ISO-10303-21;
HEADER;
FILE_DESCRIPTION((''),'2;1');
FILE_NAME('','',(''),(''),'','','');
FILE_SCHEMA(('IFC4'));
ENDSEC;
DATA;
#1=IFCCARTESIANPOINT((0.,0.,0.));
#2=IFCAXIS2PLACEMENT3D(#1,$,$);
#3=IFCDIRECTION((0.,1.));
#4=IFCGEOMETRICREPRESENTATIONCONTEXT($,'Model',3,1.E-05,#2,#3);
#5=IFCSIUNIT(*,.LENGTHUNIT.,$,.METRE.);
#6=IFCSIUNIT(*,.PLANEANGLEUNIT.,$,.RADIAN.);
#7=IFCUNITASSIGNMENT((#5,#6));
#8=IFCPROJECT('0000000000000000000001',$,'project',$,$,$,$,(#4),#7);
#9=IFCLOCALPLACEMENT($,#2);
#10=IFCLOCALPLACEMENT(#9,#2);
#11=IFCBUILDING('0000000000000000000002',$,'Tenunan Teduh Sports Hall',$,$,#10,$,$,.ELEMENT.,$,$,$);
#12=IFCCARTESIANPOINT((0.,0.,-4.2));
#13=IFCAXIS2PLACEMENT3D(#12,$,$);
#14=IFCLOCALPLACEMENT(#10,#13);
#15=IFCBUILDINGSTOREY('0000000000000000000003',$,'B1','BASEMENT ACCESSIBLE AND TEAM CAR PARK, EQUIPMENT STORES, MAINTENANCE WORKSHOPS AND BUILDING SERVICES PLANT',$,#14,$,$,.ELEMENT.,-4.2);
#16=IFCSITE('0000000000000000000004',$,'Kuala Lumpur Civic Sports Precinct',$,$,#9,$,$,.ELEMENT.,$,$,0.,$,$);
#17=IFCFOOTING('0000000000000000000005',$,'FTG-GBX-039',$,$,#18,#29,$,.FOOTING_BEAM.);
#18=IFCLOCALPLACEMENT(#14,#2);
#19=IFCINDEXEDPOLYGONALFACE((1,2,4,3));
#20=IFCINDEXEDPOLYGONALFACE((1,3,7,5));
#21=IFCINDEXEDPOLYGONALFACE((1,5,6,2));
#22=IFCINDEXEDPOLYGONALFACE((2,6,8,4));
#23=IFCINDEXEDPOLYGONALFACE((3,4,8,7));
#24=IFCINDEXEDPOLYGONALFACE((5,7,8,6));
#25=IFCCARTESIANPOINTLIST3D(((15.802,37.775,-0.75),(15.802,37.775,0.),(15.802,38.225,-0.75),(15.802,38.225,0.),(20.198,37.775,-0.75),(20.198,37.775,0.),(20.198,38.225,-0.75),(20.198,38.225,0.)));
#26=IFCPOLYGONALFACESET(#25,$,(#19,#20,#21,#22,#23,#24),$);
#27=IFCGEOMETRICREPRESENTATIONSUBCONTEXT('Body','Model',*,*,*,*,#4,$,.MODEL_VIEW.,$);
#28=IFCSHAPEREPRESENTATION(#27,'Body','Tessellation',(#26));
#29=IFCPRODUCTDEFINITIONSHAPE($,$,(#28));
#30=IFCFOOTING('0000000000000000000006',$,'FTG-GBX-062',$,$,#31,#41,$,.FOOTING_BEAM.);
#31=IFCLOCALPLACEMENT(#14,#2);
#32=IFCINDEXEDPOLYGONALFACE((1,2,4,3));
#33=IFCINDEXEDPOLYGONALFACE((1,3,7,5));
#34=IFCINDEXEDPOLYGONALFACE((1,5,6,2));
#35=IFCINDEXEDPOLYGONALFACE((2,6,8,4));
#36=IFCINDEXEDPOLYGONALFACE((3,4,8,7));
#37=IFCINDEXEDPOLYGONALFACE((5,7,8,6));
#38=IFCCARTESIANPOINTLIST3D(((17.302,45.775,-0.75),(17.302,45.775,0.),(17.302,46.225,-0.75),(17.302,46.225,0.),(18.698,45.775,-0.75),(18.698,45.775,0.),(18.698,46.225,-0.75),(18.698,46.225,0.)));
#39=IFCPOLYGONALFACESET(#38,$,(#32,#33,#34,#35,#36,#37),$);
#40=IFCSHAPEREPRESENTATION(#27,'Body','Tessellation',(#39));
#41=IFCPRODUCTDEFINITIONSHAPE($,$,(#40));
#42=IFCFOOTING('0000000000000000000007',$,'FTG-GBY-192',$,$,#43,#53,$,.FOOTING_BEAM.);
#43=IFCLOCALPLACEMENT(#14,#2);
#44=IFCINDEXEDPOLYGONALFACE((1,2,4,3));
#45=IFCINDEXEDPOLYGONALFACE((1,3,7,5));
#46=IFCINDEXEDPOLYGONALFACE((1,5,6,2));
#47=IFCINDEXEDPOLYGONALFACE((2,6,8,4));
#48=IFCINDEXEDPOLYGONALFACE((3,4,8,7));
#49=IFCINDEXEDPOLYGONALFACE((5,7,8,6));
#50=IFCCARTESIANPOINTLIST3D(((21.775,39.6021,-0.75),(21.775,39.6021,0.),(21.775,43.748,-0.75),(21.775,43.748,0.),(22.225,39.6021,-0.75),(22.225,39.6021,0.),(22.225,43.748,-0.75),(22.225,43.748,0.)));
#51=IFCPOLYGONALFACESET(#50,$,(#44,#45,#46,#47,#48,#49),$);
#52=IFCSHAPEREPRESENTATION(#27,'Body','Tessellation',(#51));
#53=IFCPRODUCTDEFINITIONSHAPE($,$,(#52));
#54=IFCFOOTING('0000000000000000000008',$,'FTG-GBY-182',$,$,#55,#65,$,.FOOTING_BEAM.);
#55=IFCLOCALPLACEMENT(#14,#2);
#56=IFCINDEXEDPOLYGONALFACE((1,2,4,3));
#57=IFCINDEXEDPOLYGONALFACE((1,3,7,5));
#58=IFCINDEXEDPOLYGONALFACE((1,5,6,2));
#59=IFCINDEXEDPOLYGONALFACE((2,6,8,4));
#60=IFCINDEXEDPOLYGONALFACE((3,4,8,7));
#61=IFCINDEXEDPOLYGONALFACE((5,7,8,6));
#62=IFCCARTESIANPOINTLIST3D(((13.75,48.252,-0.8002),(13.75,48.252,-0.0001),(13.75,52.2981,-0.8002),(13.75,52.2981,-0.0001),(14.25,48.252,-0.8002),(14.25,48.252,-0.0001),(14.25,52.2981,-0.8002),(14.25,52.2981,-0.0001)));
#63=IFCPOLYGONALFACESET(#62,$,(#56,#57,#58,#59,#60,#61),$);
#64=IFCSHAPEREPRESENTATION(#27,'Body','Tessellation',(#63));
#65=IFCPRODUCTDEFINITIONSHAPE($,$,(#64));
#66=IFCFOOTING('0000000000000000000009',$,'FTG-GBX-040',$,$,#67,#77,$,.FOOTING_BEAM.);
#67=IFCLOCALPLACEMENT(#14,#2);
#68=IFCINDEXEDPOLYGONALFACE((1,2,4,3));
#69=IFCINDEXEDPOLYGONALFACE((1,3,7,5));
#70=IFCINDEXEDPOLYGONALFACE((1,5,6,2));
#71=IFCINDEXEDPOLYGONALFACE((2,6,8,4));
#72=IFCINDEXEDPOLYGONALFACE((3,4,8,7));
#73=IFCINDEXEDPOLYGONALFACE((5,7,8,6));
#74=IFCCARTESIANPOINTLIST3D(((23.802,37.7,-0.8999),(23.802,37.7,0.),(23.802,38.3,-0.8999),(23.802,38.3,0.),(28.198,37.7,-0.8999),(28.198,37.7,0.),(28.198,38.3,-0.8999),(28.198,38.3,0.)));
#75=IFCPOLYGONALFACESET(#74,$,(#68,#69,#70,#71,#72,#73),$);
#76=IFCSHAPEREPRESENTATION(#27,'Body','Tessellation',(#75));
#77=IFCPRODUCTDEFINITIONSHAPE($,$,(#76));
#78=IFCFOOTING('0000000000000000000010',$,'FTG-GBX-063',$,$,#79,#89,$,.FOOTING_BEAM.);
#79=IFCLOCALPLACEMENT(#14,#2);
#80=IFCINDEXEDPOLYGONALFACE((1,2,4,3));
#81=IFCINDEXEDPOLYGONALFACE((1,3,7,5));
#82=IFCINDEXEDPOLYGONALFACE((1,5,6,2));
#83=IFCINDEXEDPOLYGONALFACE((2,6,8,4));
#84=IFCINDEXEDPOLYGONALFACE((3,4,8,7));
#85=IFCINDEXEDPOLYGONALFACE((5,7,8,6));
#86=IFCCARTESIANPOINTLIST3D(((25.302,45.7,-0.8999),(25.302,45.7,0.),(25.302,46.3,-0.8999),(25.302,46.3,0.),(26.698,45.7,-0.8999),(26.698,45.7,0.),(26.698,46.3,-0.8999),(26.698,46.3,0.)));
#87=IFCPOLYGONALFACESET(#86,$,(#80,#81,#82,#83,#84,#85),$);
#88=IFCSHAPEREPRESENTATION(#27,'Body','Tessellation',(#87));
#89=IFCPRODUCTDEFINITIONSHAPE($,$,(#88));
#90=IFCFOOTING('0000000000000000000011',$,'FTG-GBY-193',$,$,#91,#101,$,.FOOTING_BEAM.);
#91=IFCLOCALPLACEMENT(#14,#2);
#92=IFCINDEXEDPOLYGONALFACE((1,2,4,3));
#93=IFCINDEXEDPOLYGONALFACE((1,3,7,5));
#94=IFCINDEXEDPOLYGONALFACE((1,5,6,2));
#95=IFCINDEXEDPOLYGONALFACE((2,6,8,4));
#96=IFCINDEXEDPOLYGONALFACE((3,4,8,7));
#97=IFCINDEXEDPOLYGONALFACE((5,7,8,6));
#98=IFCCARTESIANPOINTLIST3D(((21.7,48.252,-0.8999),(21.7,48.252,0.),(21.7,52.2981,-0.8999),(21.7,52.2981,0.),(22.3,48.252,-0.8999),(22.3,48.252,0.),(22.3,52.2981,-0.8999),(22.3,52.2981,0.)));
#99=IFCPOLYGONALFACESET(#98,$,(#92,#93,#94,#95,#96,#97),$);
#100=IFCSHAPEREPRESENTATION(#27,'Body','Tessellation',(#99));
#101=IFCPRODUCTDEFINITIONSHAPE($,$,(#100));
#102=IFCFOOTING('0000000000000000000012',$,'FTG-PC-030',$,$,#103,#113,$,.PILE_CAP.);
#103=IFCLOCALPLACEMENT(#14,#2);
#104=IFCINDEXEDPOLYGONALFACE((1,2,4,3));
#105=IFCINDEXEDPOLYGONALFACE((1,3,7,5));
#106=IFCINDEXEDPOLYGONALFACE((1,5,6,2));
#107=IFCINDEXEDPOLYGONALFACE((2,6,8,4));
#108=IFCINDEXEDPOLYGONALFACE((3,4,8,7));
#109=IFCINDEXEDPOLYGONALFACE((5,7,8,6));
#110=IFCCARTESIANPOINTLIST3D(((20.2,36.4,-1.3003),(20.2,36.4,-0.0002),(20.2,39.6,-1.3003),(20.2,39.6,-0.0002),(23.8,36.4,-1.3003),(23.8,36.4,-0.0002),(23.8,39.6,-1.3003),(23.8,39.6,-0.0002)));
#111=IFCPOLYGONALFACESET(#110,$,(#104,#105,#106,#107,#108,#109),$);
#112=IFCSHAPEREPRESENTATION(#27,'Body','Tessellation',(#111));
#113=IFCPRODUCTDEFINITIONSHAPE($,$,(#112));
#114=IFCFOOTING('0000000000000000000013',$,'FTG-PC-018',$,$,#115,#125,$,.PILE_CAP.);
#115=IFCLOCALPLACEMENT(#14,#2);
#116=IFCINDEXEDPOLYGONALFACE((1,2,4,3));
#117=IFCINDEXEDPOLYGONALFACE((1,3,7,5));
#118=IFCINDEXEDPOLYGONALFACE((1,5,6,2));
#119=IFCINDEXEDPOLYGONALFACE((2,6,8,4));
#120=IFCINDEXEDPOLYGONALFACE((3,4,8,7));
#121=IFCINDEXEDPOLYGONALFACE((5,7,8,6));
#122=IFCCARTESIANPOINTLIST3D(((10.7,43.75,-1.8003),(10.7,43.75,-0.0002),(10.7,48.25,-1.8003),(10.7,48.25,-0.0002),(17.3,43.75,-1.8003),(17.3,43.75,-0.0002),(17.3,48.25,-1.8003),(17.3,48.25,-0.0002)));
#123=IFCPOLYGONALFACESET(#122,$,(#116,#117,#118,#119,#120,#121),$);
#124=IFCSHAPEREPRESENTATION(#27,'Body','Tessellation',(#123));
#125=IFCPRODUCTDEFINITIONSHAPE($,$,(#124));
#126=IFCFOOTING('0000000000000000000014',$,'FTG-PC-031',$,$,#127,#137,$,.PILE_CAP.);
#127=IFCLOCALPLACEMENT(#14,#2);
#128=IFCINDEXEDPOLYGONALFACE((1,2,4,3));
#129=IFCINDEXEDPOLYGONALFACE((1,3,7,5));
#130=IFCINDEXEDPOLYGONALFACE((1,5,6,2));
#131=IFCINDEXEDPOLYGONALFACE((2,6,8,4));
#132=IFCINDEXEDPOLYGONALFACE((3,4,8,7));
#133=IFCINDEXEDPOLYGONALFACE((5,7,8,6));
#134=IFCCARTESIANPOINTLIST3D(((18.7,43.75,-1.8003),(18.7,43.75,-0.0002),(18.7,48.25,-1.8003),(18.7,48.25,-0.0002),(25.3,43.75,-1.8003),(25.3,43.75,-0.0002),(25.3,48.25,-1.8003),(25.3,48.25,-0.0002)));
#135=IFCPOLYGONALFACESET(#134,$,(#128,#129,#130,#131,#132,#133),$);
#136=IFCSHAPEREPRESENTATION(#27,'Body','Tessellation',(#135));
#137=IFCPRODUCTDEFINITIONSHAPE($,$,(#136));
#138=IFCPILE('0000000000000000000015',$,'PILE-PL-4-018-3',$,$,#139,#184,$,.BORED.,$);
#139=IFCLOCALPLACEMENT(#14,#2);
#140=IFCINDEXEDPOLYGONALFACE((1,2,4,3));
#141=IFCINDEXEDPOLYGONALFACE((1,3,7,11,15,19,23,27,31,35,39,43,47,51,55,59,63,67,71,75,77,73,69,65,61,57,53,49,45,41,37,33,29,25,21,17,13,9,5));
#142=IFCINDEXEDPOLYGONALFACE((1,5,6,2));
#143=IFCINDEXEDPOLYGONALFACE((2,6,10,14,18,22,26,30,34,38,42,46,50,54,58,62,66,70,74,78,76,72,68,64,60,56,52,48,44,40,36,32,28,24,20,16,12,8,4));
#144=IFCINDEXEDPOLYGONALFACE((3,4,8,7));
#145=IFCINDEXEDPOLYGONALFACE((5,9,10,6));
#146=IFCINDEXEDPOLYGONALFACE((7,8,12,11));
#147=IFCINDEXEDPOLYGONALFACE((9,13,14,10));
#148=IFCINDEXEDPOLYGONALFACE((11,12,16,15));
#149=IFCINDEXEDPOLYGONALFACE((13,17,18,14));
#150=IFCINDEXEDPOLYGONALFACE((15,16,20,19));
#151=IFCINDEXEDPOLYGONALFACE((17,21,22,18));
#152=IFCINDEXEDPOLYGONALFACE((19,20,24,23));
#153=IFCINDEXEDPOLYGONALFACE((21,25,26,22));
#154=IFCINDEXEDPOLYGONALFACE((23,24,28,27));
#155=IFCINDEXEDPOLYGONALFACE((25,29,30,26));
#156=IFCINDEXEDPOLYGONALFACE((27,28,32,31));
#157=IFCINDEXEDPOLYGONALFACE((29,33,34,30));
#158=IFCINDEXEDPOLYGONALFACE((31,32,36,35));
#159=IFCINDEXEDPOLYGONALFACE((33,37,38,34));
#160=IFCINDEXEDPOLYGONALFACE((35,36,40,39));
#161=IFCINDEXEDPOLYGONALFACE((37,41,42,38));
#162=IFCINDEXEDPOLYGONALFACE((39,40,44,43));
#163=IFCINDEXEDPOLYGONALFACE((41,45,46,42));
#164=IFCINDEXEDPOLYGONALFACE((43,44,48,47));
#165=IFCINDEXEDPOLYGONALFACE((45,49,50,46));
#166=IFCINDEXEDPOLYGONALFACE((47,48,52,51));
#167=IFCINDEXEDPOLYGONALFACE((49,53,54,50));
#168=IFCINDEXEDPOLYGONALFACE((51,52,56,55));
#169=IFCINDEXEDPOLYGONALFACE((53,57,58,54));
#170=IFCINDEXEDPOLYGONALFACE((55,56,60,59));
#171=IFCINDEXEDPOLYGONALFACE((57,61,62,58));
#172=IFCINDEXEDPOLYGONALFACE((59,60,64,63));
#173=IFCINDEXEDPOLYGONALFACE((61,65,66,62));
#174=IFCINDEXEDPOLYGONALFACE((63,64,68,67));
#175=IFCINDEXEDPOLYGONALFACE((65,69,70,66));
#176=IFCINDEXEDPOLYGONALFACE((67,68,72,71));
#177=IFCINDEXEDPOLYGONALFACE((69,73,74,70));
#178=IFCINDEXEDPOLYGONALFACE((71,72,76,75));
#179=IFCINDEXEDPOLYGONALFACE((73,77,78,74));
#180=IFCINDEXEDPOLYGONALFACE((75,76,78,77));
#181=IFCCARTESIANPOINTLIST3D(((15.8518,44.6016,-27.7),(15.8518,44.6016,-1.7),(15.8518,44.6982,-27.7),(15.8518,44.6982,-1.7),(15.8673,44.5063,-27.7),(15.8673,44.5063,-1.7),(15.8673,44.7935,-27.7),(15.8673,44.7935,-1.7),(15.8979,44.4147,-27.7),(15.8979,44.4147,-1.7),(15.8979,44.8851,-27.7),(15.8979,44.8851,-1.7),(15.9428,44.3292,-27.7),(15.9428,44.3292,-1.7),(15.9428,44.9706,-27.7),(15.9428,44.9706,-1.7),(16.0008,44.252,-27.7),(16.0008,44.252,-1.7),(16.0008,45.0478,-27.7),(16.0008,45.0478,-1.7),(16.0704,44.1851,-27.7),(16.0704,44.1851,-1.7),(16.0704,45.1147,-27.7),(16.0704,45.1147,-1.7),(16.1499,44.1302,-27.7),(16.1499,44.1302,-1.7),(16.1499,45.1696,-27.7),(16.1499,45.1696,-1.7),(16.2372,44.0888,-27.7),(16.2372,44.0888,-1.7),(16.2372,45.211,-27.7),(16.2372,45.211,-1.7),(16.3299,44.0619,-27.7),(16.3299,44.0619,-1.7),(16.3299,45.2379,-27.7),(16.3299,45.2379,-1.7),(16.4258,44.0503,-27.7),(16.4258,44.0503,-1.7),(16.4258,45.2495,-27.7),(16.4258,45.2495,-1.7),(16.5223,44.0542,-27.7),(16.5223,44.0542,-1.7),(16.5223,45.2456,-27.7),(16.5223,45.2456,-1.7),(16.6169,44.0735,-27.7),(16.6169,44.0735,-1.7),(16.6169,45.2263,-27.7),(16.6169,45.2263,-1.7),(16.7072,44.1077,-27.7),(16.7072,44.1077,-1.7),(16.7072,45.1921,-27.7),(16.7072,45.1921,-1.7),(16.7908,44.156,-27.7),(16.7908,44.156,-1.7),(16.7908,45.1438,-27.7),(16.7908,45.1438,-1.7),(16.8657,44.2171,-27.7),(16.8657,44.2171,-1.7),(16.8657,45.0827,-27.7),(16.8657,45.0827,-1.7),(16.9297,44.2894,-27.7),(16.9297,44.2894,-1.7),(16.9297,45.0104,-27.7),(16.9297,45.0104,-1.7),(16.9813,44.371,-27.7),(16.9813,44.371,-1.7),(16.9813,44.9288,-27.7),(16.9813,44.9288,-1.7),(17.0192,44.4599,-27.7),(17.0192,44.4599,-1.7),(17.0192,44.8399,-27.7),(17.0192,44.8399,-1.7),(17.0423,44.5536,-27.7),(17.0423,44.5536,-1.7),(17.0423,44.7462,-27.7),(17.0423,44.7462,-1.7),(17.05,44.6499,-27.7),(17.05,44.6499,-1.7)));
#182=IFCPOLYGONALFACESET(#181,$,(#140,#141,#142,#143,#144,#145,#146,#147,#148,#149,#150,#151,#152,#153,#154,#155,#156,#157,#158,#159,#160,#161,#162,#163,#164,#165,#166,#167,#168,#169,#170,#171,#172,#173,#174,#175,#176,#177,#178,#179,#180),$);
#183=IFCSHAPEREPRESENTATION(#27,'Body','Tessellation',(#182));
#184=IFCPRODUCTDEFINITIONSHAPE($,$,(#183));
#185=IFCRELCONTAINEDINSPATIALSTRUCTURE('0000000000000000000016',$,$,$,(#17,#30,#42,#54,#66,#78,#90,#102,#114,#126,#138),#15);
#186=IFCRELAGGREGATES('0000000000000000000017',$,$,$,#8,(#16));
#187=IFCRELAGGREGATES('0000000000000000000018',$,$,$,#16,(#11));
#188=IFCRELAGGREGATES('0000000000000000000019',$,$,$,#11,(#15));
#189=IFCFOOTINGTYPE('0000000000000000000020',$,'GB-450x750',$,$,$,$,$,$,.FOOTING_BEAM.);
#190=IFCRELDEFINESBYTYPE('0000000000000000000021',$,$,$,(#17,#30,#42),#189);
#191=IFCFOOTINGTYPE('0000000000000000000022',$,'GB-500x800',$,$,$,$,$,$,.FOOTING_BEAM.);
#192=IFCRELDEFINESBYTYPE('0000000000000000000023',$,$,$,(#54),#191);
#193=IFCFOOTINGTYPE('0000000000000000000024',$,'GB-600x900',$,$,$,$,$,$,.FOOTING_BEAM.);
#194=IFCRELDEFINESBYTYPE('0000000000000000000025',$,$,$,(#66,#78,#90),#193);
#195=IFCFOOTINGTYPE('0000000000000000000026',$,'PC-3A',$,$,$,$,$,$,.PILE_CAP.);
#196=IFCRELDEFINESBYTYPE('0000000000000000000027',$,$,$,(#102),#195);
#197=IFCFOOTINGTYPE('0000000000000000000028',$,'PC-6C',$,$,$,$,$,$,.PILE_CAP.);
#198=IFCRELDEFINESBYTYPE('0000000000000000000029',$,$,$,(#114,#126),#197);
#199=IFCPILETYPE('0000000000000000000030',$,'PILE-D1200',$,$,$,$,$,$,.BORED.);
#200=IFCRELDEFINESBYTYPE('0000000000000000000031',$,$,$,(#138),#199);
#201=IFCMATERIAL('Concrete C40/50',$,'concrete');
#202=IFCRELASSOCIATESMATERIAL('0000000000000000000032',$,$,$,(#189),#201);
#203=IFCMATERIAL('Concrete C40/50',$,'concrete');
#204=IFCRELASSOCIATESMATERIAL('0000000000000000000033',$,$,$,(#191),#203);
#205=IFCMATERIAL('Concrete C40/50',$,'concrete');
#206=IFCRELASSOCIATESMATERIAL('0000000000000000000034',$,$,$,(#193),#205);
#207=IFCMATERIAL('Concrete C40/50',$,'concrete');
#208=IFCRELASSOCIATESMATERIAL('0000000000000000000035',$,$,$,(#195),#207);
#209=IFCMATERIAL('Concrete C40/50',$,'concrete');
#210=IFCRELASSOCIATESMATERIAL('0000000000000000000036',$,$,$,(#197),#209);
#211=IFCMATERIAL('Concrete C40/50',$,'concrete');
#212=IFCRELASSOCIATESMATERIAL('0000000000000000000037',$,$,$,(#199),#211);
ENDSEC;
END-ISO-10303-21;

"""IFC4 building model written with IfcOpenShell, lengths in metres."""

from ifc_helpers import new_model, si_unit, direction, frame, origin, origin_2d, place, context, subcontext, project, spatial, rectangle, circle, extrude, material, material_profile, profile_set, type_object, element, save


model = new_model("IFC4")

# Units and contexts
model_context = context("Model", 3, precision=1e-05, world=origin(), true_north=direction((0.0, 1.0)))
body_context = subcontext(model_context, "Body", "Model", "MODEL_VIEW")
ifc_project = project(units=[si_unit("LENGTHUNIT", "METRE"), si_unit("PLANEANGLEUNIT", "RADIAN")], contexts=[model_context])

# Site, building, storey
site_placement = place(None, origin())
site = spatial("IfcSite", under=ifc_project, at=site_placement, Name="Kuala Lumpur Civic Sports Precinct", CompositionType="ELEMENT", RefElevation=0.0)
building_placement = place(site_placement, origin())
building = spatial("IfcBuilding", under=site, at=building_placement, Name="Tenunan Teduh Sports Hall", CompositionType="ELEMENT")
storey_placement = place(building_placement, frame((0.0, 0.0, -4.2)))
storey = spatial("IfcBuildingStorey", under=building, at=storey_placement, Name="B1", Description="BASEMENT ACCESSIBLE AND TEAM CAR PARK, EQUIPMENT STORES, MAINTENANCE WORKSHOPS AND BUILDING SERVICES PLANT", CompositionType="ELEMENT", Elevation=-4.2)

# Footings
ifc_material_1 = material(Name="Concrete C40/50", Category="concrete")
ifc_material_profile_1 = material_profile(ifc_material_1, rectangle(XDim=0.45, YDim=0.75, at=origin_2d()), Name="RCB 450x750")
ifc_profile_set_1 = profile_set([ifc_material_profile_1], Name="Concrete C40/50")
footing_type_1 = type_object("IfcFootingType", Name="GB-450x750", PredefinedType="FOOTING_BEAM", material=ifc_profile_set_1)
footing_1_placement = place(storey_placement, frame((15.802, 38.0, -0.375), z_axis=(1.0, 0.0, 0.0), x_axis=(0.0, 1.0, 0.0)))
element("IfcFooting", 1, at=footing_1_placement, inside=storey, type_object=footing_type_1, Name="FTG-GBX-039", PredefinedType="FOOTING_BEAM", context=body_context, shape_type="SweptSolid", body=[
    extrude(rectangle(XDim=0.45, YDim=0.75, at=origin_2d()), origin(), (0.0, 0.0, 1.0), 4.396),
])
footing_2_placement = place(storey_placement, frame((17.302, 46.0, -0.375), z_axis=(1.0, 0.0, 0.0), x_axis=(0.0, 1.0, 0.0)))
element("IfcFooting", 2, at=footing_2_placement, inside=storey, type_object=footing_type_1, Name="FTG-GBX-062", PredefinedType="FOOTING_BEAM", context=body_context, shape_type="SweptSolid", body=[
    extrude(rectangle(XDim=0.45, YDim=0.75, at=origin_2d()), origin(), (0.0, 0.0, 1.0), 1.396),
])
footing_3_placement = place(storey_placement, frame((22.0, 39.6021, -0.375), z_axis=(0.0, 1.0, 0.0), x_axis=(-1.0, 0.0, 0.0)))
element("IfcFooting", 3, at=footing_3_placement, inside=storey, type_object=footing_type_1, Name="FTG-GBY-192", PredefinedType="FOOTING_BEAM", context=body_context, shape_type="SweptSolid", body=[
    extrude(rectangle(XDim=0.45, YDim=0.75, at=origin_2d()), origin(), (0.0, 0.0, 1.0), 4.146),
])
ifc_material_2 = material(Name="Concrete C40/50", Category="concrete")
ifc_material_profile_2 = material_profile(ifc_material_2, rectangle(XDim=0.5, YDim=0.8, at=origin_2d()), Name="RCB 500x800")
ifc_profile_set_2 = profile_set([ifc_material_profile_2], Name="Concrete C40/50")
footing_type_2 = type_object("IfcFootingType", Name="GB-500x800", PredefinedType="FOOTING_BEAM", material=ifc_profile_set_2)
footing_4_placement = place(storey_placement, frame((14.0, 48.252, -0.4001), z_axis=(0.0, 1.0, 0.0), x_axis=(-1.0, 0.0, 0.0)))
element("IfcFooting", 4, at=footing_4_placement, inside=storey, type_object=footing_type_2, Name="FTG-GBY-182", PredefinedType="FOOTING_BEAM", context=body_context, shape_type="SweptSolid", body=[
    extrude(rectangle(XDim=0.5, YDim=0.8, at=origin_2d()), origin(), (0.0, 0.0, 1.0), 4.0461),
])
ifc_material_3 = material(Name="Concrete C40/50", Category="concrete")
ifc_material_profile_3 = material_profile(ifc_material_3, rectangle(XDim=0.6001, YDim=0.8999, at=origin_2d()), Name="RCB 600x900")
ifc_profile_set_3 = profile_set([ifc_material_profile_3], Name="Concrete C40/50")
footing_type_3 = type_object("IfcFootingType", Name="GB-600x900", PredefinedType="FOOTING_BEAM", material=ifc_profile_set_3)
footing_5_placement = place(storey_placement, frame((23.802, 38.0, -0.45), z_axis=(1.0, 0.0, 0.0), x_axis=(0.0, 1.0, 0.0)))
element("IfcFooting", 5, at=footing_5_placement, inside=storey, type_object=footing_type_3, Name="FTG-GBX-040", PredefinedType="FOOTING_BEAM", context=body_context, shape_type="SweptSolid", body=[
    extrude(rectangle(XDim=0.6001, YDim=0.8999, at=origin_2d()), origin(), (0.0, 0.0, 1.0), 4.396),
])
footing_6_placement = place(storey_placement, frame((25.302, 46.0, -0.45), z_axis=(1.0, 0.0, 0.0), x_axis=(0.0, 1.0, 0.0)))
element("IfcFooting", 6, at=footing_6_placement, inside=storey, type_object=footing_type_3, Name="FTG-GBX-063", PredefinedType="FOOTING_BEAM", context=body_context, shape_type="SweptSolid", body=[
    extrude(rectangle(XDim=0.6001, YDim=0.8999, at=origin_2d()), origin(), (0.0, 0.0, 1.0), 1.396),
])
footing_7_placement = place(storey_placement, frame((22.0, 48.252, -0.45), z_axis=(0.0, 1.0, 0.0), x_axis=(-1.0, 0.0, 0.0)))
element("IfcFooting", 7, at=footing_7_placement, inside=storey, type_object=footing_type_3, Name="FTG-GBY-193", PredefinedType="FOOTING_BEAM", context=body_context, shape_type="SweptSolid", body=[
    extrude(rectangle(XDim=0.6001, YDim=0.8999, at=origin_2d()), origin(), (0.0, 0.0, 1.0), 4.0461),
])
ifc_material_4 = material(Name="Concrete C40/50", Category="concrete")
footing_type_4 = type_object("IfcFootingType", Name="PC-3A", PredefinedType="PILE_CAP", material=ifc_material_4)
footing_8_placement = place(storey_placement, frame((22.0, 38.0, -1.3003), z_axis=(0.0, 0.0, 1.0), x_axis=(1.0, 0.0, 0.0)))
element("IfcFooting", 8, at=footing_8_placement, inside=storey, type_object=footing_type_4, Name="FTG-PC-030", PredefinedType="PILE_CAP", context=body_context, shape_type="SweptSolid", body=[
    extrude(rectangle(XDim=3.6001, YDim=3.2, at=origin_2d()), origin(), (0.0, 0.0, 1.0), 1.3),
])
ifc_material_5 = material(Name="Concrete C40/50", Category="concrete")
footing_type_5 = type_object("IfcFootingType", Name="PC-6C", PredefinedType="PILE_CAP", material=ifc_material_5)
for number, where, z_axis, x_axis, name in (
    (9, (14.0, 46.0, -1.8003), (0.0, 0.0, 1.0), (1.0, 0.0, 0.0), "FTG-PC-018"),
    (10, (22.0, 46.0, -1.8003), (0.0, 0.0, 1.0), (1.0, 0.0, 0.0), "FTG-PC-031"),
):
    element("IfcFooting", number, at=place(storey_placement, frame(where, z_axis=z_axis, x_axis=x_axis)), inside=storey, type_object=footing_type_5, Name=name, PredefinedType="PILE_CAP", context=body_context, shape_type="SweptSolid", body=[
        extrude(rectangle(XDim=6.6001, YDim=4.5, at=origin_2d()), origin(), (0.0, 0.0, 1.0), 1.8),
    ])

# Pile
ifc_material_6 = material(Name="Concrete C40/50", Category="concrete")
ifc_material_profile_4 = material_profile(ifc_material_6, circle(Radius=0.6001, at=origin_2d()), Name="PILE D1200")
ifc_profile_set_4 = profile_set([ifc_material_profile_4], Name="Concrete C40/50")
pile_type_1 = type_object("IfcPileType", Name="PILE-D1200", PredefinedType="BORED", material=ifc_profile_set_4)
for number, where, z_axis, x_axis, name in (
    (11, (16.45, 44.6499, -1.7), (0.0, 0.0, -1.0), (1.0, 0.0, 0.0), "PILE-PL-4-018-3"),
):
    element("IfcPile", number, at=place(storey_placement, frame(where, z_axis=z_axis, x_axis=x_axis)), inside=storey, type_object=pile_type_1, Name=name, PredefinedType="BORED", context=body_context, shape_type="SweptSolid", body=[
        extrude(circle(Radius=0.6001, at=origin_2d()), origin(), (0.0, 0.0, 1.0), 26.0),
    ])

save(model, "model.ifc")
